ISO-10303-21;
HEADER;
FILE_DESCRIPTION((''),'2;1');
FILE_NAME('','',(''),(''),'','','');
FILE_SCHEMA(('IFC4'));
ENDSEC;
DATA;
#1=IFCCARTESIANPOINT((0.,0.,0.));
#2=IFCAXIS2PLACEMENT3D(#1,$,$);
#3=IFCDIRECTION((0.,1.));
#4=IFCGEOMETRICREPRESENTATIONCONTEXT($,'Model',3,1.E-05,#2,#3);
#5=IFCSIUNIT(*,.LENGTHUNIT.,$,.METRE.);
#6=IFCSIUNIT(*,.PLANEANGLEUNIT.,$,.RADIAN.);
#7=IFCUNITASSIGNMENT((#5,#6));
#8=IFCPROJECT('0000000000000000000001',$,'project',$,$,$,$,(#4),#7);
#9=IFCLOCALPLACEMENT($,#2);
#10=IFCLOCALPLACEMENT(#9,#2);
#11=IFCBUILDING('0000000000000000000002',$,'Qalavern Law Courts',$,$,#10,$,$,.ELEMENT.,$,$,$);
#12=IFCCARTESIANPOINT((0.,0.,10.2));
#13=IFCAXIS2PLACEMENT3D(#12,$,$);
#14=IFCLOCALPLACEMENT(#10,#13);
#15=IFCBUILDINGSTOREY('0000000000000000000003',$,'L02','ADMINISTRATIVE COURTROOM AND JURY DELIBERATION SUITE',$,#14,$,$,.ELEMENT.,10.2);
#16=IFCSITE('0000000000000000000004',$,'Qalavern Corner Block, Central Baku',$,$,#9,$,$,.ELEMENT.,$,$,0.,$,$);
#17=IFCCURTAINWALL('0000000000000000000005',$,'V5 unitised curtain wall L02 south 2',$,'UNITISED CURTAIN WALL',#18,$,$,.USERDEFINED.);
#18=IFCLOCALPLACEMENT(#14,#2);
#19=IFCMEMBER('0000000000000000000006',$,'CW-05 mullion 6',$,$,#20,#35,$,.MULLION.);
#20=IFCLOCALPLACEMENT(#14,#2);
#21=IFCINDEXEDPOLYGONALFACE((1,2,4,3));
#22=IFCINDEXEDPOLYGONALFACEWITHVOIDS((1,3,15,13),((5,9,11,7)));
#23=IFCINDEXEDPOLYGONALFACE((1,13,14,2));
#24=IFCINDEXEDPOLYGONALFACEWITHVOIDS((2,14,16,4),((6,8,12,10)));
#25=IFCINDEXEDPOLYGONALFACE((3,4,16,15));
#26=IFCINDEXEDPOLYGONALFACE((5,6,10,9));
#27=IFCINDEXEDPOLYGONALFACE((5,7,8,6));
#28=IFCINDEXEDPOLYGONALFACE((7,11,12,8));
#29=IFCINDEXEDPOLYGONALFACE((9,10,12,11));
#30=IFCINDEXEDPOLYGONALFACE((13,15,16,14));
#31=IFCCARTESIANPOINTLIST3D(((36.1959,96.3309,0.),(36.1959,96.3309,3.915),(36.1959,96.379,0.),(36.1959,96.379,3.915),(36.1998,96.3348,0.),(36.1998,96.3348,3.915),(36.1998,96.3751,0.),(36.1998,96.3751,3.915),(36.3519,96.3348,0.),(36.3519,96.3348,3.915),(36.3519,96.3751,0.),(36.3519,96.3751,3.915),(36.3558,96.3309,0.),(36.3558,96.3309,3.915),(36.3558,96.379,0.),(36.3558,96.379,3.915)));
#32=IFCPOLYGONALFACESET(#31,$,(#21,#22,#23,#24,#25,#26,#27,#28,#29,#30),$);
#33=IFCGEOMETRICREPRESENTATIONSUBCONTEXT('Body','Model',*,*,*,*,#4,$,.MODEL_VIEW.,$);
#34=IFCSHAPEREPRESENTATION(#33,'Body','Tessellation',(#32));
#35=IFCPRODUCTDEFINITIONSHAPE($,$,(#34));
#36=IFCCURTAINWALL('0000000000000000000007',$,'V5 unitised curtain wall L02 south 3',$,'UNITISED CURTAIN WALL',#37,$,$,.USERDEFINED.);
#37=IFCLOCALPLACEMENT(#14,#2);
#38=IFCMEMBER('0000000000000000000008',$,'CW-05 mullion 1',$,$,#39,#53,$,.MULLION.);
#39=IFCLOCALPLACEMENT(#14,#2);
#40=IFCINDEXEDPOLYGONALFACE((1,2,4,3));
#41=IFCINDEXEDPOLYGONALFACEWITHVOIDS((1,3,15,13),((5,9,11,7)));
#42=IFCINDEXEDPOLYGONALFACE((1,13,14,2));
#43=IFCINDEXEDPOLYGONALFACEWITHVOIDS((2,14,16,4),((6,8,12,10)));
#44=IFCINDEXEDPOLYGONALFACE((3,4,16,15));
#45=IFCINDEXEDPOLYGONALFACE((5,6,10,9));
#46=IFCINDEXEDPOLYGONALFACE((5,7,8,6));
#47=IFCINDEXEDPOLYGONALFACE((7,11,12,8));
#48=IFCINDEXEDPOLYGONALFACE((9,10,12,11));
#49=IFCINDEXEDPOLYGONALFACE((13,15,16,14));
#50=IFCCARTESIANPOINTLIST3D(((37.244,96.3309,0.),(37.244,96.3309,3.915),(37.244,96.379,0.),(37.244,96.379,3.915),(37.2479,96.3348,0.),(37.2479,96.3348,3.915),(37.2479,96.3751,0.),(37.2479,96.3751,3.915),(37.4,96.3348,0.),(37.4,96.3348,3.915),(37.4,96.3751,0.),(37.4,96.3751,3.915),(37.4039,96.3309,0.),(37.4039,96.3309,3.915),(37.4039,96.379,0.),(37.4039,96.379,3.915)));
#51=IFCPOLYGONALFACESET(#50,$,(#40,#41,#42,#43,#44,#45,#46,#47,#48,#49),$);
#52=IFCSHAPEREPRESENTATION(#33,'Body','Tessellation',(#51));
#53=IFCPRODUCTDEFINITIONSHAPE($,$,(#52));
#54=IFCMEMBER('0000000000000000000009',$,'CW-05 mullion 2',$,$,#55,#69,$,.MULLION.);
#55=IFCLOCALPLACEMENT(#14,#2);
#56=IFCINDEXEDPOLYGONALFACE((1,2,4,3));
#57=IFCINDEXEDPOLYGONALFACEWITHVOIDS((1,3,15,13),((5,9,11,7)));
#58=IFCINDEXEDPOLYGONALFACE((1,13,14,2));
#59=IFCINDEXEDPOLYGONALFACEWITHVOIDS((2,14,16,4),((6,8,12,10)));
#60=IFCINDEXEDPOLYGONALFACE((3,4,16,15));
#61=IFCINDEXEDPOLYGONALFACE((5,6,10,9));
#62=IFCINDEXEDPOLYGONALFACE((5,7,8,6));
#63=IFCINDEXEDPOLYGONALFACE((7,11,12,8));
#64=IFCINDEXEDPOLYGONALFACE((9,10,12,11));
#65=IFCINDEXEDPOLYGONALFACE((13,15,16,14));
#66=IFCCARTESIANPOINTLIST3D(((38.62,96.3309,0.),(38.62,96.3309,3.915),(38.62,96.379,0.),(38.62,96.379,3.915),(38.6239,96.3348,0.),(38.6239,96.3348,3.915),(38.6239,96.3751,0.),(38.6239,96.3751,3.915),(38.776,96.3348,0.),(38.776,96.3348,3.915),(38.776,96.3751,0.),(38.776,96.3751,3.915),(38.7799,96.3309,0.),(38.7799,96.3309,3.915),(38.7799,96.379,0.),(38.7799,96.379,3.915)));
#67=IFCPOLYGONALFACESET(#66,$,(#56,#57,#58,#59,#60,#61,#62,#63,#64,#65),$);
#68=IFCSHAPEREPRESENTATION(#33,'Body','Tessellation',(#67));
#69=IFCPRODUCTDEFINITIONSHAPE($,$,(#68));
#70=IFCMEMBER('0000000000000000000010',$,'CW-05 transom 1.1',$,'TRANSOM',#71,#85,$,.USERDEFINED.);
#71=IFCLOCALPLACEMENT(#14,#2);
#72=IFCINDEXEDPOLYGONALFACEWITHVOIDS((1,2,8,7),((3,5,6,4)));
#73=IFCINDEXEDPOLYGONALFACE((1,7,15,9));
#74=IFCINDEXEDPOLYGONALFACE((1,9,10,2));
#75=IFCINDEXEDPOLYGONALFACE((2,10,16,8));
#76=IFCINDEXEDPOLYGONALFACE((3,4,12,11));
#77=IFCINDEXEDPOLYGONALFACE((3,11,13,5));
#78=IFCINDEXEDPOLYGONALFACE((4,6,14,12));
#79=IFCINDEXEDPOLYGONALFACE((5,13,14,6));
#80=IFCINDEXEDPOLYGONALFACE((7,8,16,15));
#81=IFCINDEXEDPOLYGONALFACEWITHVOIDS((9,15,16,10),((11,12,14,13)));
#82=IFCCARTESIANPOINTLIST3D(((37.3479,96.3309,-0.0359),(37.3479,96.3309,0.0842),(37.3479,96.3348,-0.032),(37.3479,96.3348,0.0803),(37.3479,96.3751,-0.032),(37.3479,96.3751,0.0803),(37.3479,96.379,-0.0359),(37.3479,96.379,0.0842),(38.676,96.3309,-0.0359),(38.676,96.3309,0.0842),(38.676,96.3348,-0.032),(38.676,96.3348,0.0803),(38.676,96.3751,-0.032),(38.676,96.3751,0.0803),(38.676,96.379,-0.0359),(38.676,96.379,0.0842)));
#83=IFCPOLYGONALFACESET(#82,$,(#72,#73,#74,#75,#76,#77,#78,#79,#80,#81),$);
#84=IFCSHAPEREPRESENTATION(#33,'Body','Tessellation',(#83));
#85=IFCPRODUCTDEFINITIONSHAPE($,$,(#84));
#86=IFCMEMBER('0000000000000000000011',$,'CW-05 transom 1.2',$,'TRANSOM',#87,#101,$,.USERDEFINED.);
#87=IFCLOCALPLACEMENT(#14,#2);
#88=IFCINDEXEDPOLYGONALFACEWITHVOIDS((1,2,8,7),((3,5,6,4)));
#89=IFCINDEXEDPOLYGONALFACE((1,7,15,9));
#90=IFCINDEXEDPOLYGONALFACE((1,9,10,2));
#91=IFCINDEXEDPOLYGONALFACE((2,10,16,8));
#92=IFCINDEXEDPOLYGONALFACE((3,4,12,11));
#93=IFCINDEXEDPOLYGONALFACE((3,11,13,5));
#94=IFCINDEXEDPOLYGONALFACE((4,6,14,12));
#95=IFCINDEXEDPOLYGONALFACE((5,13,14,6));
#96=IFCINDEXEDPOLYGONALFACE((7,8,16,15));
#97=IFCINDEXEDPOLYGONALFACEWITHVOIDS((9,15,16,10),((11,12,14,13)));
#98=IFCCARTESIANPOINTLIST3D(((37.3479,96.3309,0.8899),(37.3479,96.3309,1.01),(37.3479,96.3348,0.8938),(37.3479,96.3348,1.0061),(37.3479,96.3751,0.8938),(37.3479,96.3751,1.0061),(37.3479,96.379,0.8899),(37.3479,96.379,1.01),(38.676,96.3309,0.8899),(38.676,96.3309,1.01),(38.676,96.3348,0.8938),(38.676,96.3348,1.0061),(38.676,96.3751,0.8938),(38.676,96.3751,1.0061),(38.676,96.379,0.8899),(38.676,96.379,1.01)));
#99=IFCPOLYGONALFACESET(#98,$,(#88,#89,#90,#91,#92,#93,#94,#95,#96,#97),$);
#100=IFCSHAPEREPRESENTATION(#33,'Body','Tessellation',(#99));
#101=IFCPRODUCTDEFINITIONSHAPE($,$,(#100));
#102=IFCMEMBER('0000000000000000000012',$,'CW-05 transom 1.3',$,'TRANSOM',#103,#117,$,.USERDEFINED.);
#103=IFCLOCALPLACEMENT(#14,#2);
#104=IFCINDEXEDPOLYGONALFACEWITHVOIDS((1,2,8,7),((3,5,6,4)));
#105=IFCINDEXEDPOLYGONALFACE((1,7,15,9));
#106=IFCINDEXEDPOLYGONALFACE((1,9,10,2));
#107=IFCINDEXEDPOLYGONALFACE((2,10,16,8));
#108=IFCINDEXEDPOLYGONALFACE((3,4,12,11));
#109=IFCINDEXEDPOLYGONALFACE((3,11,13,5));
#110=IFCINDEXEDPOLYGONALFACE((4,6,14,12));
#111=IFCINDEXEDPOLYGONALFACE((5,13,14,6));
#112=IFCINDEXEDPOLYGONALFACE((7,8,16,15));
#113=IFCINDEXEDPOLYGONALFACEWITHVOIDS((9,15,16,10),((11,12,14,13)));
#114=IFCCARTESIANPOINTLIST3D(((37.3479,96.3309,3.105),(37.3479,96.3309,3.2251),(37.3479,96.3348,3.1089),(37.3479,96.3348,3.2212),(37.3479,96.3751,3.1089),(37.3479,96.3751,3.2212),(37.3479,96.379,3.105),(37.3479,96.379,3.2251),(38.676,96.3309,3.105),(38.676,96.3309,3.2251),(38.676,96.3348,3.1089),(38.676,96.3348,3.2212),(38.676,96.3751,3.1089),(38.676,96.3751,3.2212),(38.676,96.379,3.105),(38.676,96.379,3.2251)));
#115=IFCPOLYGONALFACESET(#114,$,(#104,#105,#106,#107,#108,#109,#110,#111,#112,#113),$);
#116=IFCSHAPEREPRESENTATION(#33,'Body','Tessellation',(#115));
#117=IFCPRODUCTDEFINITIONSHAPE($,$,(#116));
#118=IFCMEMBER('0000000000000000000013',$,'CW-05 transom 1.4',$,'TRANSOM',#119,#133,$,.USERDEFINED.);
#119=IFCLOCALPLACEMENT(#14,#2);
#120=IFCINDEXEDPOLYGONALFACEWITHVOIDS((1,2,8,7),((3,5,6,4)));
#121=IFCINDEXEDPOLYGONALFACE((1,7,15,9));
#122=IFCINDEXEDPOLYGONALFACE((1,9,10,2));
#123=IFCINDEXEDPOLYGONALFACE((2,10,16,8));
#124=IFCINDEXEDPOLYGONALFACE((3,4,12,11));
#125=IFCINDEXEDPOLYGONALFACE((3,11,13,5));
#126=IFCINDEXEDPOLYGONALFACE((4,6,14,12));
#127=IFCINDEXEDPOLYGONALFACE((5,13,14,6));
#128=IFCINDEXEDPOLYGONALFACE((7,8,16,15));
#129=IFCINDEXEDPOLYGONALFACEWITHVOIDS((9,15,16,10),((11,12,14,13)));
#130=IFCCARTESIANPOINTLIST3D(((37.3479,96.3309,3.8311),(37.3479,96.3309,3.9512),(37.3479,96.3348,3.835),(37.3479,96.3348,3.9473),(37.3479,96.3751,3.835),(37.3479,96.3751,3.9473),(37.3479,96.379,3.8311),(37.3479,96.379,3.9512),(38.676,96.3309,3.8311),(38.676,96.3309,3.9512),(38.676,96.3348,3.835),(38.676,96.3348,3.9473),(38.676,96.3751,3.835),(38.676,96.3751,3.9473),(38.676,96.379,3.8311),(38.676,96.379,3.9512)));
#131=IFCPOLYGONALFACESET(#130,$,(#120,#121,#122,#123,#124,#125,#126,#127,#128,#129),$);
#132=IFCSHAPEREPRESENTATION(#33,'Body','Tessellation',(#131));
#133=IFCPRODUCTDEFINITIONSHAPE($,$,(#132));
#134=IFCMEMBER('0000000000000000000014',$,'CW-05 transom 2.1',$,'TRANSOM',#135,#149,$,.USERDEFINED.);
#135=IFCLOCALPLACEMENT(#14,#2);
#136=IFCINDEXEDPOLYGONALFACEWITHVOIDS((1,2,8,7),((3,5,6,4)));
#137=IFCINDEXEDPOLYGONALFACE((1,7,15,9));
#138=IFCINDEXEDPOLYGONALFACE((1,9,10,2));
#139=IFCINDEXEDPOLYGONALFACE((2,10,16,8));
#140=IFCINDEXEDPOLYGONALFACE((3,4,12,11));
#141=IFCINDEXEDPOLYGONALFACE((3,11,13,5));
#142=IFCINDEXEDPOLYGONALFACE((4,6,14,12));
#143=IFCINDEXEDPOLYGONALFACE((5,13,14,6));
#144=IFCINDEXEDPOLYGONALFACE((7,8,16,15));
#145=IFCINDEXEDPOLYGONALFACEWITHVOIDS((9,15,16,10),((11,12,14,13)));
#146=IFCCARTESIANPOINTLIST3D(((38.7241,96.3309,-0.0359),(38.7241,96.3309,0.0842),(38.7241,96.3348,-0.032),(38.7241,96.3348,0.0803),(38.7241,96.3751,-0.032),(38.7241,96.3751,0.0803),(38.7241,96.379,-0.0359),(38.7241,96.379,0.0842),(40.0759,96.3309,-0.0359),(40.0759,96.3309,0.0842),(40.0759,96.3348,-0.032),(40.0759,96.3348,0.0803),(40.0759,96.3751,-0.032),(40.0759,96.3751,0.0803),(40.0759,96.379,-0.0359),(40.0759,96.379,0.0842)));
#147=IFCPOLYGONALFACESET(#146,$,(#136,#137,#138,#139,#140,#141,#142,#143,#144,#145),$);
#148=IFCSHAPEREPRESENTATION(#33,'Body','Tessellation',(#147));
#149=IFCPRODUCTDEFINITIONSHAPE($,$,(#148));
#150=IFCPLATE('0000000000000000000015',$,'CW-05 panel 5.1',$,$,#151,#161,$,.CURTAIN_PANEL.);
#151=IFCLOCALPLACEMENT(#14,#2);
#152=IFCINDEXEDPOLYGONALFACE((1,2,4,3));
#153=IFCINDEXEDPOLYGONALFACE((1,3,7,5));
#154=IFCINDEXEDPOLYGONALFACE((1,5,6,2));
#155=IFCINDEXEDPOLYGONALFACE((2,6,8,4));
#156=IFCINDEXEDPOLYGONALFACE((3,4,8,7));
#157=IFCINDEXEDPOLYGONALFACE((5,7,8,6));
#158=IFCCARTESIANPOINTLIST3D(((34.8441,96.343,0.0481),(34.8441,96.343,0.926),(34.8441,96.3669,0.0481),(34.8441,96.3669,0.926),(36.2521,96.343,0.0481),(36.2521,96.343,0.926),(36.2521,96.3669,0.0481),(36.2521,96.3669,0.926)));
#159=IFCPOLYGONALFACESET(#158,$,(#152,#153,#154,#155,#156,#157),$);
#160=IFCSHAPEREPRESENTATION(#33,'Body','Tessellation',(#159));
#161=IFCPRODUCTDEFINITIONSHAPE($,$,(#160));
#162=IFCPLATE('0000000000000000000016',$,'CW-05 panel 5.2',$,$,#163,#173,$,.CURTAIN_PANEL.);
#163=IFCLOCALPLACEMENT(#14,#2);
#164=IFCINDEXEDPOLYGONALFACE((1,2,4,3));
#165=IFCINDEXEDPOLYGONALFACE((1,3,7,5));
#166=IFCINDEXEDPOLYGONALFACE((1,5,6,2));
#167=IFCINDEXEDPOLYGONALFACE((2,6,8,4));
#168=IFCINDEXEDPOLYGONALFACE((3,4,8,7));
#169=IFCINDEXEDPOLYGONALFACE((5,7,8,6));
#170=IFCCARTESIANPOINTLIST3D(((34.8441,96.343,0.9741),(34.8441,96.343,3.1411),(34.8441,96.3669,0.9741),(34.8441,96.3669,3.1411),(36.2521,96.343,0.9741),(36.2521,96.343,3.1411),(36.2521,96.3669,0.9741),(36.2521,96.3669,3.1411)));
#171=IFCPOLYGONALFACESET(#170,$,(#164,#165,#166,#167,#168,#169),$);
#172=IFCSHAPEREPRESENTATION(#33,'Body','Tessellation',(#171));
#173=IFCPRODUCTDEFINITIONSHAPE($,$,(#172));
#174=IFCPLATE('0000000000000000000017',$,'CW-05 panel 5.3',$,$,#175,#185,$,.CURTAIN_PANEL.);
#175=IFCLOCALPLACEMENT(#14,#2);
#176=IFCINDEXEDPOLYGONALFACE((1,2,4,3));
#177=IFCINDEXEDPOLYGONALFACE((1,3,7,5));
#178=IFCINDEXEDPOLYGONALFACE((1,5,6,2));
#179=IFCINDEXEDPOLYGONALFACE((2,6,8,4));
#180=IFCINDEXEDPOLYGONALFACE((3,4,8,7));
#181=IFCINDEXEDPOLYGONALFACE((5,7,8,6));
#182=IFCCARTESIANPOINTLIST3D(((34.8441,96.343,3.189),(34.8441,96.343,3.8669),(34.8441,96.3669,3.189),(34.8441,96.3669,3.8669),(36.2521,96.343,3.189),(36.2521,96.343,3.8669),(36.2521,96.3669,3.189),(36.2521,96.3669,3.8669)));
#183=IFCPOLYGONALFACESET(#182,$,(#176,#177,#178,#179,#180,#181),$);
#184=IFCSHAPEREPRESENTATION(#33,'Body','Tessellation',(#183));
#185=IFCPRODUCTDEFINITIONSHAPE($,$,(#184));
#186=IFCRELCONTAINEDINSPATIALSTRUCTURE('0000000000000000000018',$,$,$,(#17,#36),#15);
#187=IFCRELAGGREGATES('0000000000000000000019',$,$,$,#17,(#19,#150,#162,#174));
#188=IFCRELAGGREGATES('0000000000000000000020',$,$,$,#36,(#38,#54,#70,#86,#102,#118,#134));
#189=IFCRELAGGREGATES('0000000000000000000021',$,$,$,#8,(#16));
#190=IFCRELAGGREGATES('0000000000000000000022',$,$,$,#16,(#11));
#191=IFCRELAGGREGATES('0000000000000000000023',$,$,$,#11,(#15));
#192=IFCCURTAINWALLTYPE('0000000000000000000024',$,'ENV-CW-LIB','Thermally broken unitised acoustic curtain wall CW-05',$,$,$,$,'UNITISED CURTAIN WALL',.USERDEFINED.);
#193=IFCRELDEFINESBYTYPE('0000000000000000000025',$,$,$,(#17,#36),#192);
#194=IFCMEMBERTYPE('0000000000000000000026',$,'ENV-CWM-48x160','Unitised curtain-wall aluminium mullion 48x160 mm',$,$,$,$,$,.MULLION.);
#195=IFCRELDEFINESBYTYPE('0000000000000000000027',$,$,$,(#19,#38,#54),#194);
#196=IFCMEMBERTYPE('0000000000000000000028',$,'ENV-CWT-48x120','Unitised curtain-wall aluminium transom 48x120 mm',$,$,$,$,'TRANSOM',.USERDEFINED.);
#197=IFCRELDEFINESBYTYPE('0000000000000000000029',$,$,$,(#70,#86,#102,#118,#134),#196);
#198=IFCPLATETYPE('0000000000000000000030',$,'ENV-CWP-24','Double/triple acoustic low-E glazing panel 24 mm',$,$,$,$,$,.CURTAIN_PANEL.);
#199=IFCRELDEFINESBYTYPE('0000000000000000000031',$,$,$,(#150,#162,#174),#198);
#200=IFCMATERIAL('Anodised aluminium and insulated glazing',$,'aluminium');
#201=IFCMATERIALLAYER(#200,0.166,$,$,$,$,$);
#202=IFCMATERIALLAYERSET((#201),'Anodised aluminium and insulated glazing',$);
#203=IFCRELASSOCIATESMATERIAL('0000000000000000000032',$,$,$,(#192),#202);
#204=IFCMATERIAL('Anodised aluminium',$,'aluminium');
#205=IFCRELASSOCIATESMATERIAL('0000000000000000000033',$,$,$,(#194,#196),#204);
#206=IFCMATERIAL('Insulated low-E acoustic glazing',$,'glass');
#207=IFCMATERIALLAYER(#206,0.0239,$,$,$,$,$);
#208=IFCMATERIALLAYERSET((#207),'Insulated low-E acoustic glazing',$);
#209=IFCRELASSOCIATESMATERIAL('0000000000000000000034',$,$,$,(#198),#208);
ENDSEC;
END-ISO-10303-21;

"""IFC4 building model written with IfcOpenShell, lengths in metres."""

from ifc_helpers import new_model, si_unit, direction, frame, origin, origin_2d, place, context, subcontext, project, spatial, rectangle, hollow_rectangle, extrude, material, layer, layer_set, material_profile, profile_set, type_object, element, aggregate, save


model = new_model("IFC4")

# Units and contexts
model_context = context("Model", 3, precision=1e-05, world=origin(), true_north=direction((0.0, 1.0)))
body_context = subcontext(model_context, "Body", "Model", "MODEL_VIEW")
ifc_project = project(units=[si_unit("LENGTHUNIT", "METRE"), si_unit("PLANEANGLEUNIT", "RADIAN")], contexts=[model_context])

# Site, building, storey
site_placement = place(None, origin())
site = spatial("IfcSite", under=ifc_project, at=site_placement, Name="Qalavern Corner Block, Central Baku", CompositionType="ELEMENT", RefElevation=0.0)
building_placement = place(site_placement, origin())
building = spatial("IfcBuilding", under=site, at=building_placement, Name="Qalavern Law Courts", CompositionType="ELEMENT")
storey_placement = place(building_placement, frame((0.0, 0.0, 10.2)))
storey = spatial("IfcBuildingStorey", under=building, at=storey_placement, Name="L02", Description="ADMINISTRATIVE COURTROOM AND JURY DELIBERATION SUITE", CompositionType="ELEMENT", Elevation=10.2)

# Curtain wall, member
ifc_material_1 = material(Name="Anodised aluminium and insulated glazing", Category="aluminium")
ifc_layer_1 = layer(ifc_material_1, 0.166)
ifc_layer_set_1 = layer_set([ifc_layer_1], Name="Anodised aluminium and insulated glazing")
curtain_wall_type = type_object("IfcCurtainWallType", Name="ENV-CW-LIB", Description="Thermally broken unitised acoustic curtain wall CW-05", ElementType="UNITISED CURTAIN WALL", PredefinedType="USERDEFINED", material=ifc_layer_set_1)
curtain_wall_1_placement = place(storey_placement, origin())
curtain_wall_1 = element("IfcCurtainWall", 1, at=curtain_wall_1_placement, inside=storey, type_object=curtain_wall_type, Name="V5 unitised curtain wall L02 south 2", ObjectType="UNITISED CURTAIN WALL", PredefinedType="USERDEFINED")
ifc_material_2 = material(Name="Anodised aluminium", Category="aluminium")
ifc_material_profile_1 = material_profile(ifc_material_2, hollow_rectangle(XDim=0.0481, YDim=0.1599, WallThickness=0.0039, at=origin_2d()), Name="ALU MULLION 48x160")
ifc_profile_set_1 = profile_set([ifc_material_profile_1], Name="Anodised aluminium")
member_type_1 = type_object("IfcMemberType", Name="ENV-CWM-48x160", Description="Unitised curtain-wall aluminium mullion 48x160 mm", PredefinedType="MULLION", material=ifc_profile_set_1)
member_1_placement = place(storey_placement, frame((36.2759, 96.355, 0.0), z_axis=(0.0, 0.0, 1.0), x_axis=(0.0, 1.0, 0.0)))
member_1 = element("IfcMember", 2, at=member_1_placement, type_object=member_type_1, Name="CW-05 mullion 6", PredefinedType="MULLION", context=body_context, shape_type="SweptSolid", body=[
    extrude(hollow_rectangle(XDim=0.0481, YDim=0.1599, WallThickness=0.0039, at=origin_2d()), origin(), (0.0, 0.0, 1.0), 3.915),
])

# Curtain wall, members
curtain_wall_2_placement = place(storey_placement, origin())
curtain_wall_2 = element("IfcCurtainWall", 3, at=curtain_wall_2_placement, inside=storey, type_object=curtain_wall_type, Name="V5 unitised curtain wall L02 south 3", ObjectType="UNITISED CURTAIN WALL", PredefinedType="USERDEFINED")
member_2_placement = place(storey_placement, frame((37.324, 96.355, 0.0), z_axis=(0.0, 0.0, 1.0), x_axis=(0.0, 1.0, 0.0)))
member_2 = element("IfcMember", 4, at=member_2_placement, type_object=member_type_1, Name="CW-05 mullion 1", PredefinedType="MULLION", context=body_context, shape_type="SweptSolid", body=[
    extrude(hollow_rectangle(XDim=0.0481, YDim=0.1599, WallThickness=0.0039, at=origin_2d()), origin(), (0.0, 0.0, 1.0), 3.915),
])
member_3_placement = place(storey_placement, frame((38.7, 96.355, 0.0), z_axis=(0.0, 0.0, 1.0), x_axis=(0.0, 1.0, 0.0)))
member_3 = element("IfcMember", 5, at=member_3_placement, type_object=member_type_1, Name="CW-05 mullion 2", PredefinedType="MULLION", context=body_context, shape_type="SweptSolid", body=[
    extrude(hollow_rectangle(XDim=0.0481, YDim=0.1599, WallThickness=0.0039, at=origin_2d()), origin(), (0.0, 0.0, 1.0), 3.915),
])
ifc_material_profile_2 = material_profile(ifc_material_2, hollow_rectangle(XDim=0.0481, YDim=0.1201, WallThickness=0.0039, at=origin_2d()), Name="ALU TRANSOM 48x120")
ifc_profile_set_2 = profile_set([ifc_material_profile_2], Name="Anodised aluminium")
member_type_2 = type_object("IfcMemberType", Name="ENV-CWT-48x120", Description="Unitised curtain-wall aluminium transom 48x120 mm", ElementType="TRANSOM", PredefinedType="USERDEFINED", material=ifc_profile_set_2)
member_4_placement = place(storey_placement, frame((37.3479, 96.355, 0.0242), z_axis=(1.0, 0.0, 0.0), x_axis=(0.0, 1.0, 0.0)))
member_4 = element("IfcMember", 6, at=member_4_placement, type_object=member_type_2, Name="CW-05 transom 1.1", ObjectType="TRANSOM", PredefinedType="USERDEFINED", context=body_context, shape_type="SweptSolid", body=[
    extrude(hollow_rectangle(XDim=0.0481, YDim=0.1201, WallThickness=0.0039, at=origin_2d()), origin(), (0.0, 0.0, 1.0), 1.3281),
])
member_5_placement = place(storey_placement, frame((37.3479, 96.355, 0.95), z_axis=(1.0, 0.0, 0.0), x_axis=(0.0, 1.0, 0.0)))
member_5 = element("IfcMember", 7, at=member_5_placement, type_object=member_type_2, Name="CW-05 transom 1.2", ObjectType="TRANSOM", PredefinedType="USERDEFINED", context=body_context, shape_type="SweptSolid", body=[
    extrude(hollow_rectangle(XDim=0.0481, YDim=0.1201, WallThickness=0.0039, at=origin_2d()), origin(), (0.0, 0.0, 1.0), 1.3281),
])
member_6_placement = place(storey_placement, frame((37.3479, 96.355, 3.165), z_axis=(1.0, 0.0, 0.0), x_axis=(0.0, 1.0, 0.0)))
member_6 = element("IfcMember", 8, at=member_6_placement, type_object=member_type_2, Name="CW-05 transom 1.3", ObjectType="TRANSOM", PredefinedType="USERDEFINED", context=body_context, shape_type="SweptSolid", body=[
    extrude(hollow_rectangle(XDim=0.0481, YDim=0.1201, WallThickness=0.0039, at=origin_2d()), origin(), (0.0, 0.0, 1.0), 1.3281),
])
member_7_placement = place(storey_placement, frame((37.3479, 96.355, 3.8911), z_axis=(1.0, 0.0, 0.0), x_axis=(0.0, 1.0, 0.0)))
member_7 = element("IfcMember", 9, at=member_7_placement, type_object=member_type_2, Name="CW-05 transom 1.4", ObjectType="TRANSOM", PredefinedType="USERDEFINED", context=body_context, shape_type="SweptSolid", body=[
    extrude(hollow_rectangle(XDim=0.0481, YDim=0.1201, WallThickness=0.0039, at=origin_2d()), origin(), (0.0, 0.0, 1.0), 1.3281),
])
member_8_placement = place(storey_placement, frame((38.7241, 96.355, 0.0242), z_axis=(1.0, 0.0, 0.0), x_axis=(0.0, 1.0, 0.0)))
member_8 = element("IfcMember", 10, at=member_8_placement, type_object=member_type_2, Name="CW-05 transom 2.1", ObjectType="TRANSOM", PredefinedType="USERDEFINED", context=body_context, shape_type="SweptSolid", body=[
    extrude(hollow_rectangle(XDim=0.0481, YDim=0.1201, WallThickness=0.0039, at=origin_2d()), origin(), (0.0, 0.0, 1.0), 1.3518),
])

# Plates
ifc_material_3 = material(Name="Insulated low-E acoustic glazing", Category="glass")
ifc_layer_2 = layer(ifc_material_3, 0.0239)
ifc_layer_set_2 = layer_set([ifc_layer_2], Name="Insulated low-E acoustic glazing")
plate_type_1 = type_object("IfcPlateType", Name="ENV-CWP-24", Description="Double/triple acoustic low-E glazing panel 24 mm", PredefinedType="CURTAIN_PANEL", material=ifc_layer_set_2)
plate_1_placement = place(storey_placement, frame((35.5481, 96.355, 0.0481), z_axis=(0.0, 0.0, 1.0), x_axis=(1.0, 0.0, 0.0)))
plate_1 = element("IfcPlate", 11, at=plate_1_placement, type_object=plate_type_1, Name="CW-05 panel 5.1", PredefinedType="CURTAIN_PANEL", context=body_context, shape_type="SweptSolid", body=[
    extrude(rectangle(XDim=1.408, YDim=0.0239, at=origin_2d()), origin(), (0.0, 0.0, 1.0), 0.8779),
])
plate_2_placement = place(storey_placement, frame((35.5481, 96.355, 0.9741), z_axis=(0.0, 0.0, 1.0), x_axis=(1.0, 0.0, 0.0)))
plate_2 = element("IfcPlate", 12, at=plate_2_placement, type_object=plate_type_1, Name="CW-05 panel 5.2", PredefinedType="CURTAIN_PANEL", context=body_context, shape_type="SweptSolid", body=[
    extrude(rectangle(XDim=1.408, YDim=0.0239, at=origin_2d()), origin(), (0.0, 0.0, 1.0), 2.167),
])
plate_3_placement = place(storey_placement, frame((35.5481, 96.355, 3.189), z_axis=(0.0, 0.0, 1.0), x_axis=(1.0, 0.0, 0.0)))
plate_3 = element("IfcPlate", 13, at=plate_3_placement, type_object=plate_type_1, Name="CW-05 panel 5.3", PredefinedType="CURTAIN_PANEL", context=body_context, shape_type="SweptSolid", body=[
    extrude(rectangle(XDim=1.408, YDim=0.0239, at=origin_2d()), origin(), (0.0, 0.0, 1.0), 0.678),
])
aggregate(curtain_wall_1, [member_1, plate_1, plate_2, plate_3])
aggregate(curtain_wall_2, [member_2, member_3, member_4, member_5, member_6, member_7, member_8])

save(model, "model.ifc")
